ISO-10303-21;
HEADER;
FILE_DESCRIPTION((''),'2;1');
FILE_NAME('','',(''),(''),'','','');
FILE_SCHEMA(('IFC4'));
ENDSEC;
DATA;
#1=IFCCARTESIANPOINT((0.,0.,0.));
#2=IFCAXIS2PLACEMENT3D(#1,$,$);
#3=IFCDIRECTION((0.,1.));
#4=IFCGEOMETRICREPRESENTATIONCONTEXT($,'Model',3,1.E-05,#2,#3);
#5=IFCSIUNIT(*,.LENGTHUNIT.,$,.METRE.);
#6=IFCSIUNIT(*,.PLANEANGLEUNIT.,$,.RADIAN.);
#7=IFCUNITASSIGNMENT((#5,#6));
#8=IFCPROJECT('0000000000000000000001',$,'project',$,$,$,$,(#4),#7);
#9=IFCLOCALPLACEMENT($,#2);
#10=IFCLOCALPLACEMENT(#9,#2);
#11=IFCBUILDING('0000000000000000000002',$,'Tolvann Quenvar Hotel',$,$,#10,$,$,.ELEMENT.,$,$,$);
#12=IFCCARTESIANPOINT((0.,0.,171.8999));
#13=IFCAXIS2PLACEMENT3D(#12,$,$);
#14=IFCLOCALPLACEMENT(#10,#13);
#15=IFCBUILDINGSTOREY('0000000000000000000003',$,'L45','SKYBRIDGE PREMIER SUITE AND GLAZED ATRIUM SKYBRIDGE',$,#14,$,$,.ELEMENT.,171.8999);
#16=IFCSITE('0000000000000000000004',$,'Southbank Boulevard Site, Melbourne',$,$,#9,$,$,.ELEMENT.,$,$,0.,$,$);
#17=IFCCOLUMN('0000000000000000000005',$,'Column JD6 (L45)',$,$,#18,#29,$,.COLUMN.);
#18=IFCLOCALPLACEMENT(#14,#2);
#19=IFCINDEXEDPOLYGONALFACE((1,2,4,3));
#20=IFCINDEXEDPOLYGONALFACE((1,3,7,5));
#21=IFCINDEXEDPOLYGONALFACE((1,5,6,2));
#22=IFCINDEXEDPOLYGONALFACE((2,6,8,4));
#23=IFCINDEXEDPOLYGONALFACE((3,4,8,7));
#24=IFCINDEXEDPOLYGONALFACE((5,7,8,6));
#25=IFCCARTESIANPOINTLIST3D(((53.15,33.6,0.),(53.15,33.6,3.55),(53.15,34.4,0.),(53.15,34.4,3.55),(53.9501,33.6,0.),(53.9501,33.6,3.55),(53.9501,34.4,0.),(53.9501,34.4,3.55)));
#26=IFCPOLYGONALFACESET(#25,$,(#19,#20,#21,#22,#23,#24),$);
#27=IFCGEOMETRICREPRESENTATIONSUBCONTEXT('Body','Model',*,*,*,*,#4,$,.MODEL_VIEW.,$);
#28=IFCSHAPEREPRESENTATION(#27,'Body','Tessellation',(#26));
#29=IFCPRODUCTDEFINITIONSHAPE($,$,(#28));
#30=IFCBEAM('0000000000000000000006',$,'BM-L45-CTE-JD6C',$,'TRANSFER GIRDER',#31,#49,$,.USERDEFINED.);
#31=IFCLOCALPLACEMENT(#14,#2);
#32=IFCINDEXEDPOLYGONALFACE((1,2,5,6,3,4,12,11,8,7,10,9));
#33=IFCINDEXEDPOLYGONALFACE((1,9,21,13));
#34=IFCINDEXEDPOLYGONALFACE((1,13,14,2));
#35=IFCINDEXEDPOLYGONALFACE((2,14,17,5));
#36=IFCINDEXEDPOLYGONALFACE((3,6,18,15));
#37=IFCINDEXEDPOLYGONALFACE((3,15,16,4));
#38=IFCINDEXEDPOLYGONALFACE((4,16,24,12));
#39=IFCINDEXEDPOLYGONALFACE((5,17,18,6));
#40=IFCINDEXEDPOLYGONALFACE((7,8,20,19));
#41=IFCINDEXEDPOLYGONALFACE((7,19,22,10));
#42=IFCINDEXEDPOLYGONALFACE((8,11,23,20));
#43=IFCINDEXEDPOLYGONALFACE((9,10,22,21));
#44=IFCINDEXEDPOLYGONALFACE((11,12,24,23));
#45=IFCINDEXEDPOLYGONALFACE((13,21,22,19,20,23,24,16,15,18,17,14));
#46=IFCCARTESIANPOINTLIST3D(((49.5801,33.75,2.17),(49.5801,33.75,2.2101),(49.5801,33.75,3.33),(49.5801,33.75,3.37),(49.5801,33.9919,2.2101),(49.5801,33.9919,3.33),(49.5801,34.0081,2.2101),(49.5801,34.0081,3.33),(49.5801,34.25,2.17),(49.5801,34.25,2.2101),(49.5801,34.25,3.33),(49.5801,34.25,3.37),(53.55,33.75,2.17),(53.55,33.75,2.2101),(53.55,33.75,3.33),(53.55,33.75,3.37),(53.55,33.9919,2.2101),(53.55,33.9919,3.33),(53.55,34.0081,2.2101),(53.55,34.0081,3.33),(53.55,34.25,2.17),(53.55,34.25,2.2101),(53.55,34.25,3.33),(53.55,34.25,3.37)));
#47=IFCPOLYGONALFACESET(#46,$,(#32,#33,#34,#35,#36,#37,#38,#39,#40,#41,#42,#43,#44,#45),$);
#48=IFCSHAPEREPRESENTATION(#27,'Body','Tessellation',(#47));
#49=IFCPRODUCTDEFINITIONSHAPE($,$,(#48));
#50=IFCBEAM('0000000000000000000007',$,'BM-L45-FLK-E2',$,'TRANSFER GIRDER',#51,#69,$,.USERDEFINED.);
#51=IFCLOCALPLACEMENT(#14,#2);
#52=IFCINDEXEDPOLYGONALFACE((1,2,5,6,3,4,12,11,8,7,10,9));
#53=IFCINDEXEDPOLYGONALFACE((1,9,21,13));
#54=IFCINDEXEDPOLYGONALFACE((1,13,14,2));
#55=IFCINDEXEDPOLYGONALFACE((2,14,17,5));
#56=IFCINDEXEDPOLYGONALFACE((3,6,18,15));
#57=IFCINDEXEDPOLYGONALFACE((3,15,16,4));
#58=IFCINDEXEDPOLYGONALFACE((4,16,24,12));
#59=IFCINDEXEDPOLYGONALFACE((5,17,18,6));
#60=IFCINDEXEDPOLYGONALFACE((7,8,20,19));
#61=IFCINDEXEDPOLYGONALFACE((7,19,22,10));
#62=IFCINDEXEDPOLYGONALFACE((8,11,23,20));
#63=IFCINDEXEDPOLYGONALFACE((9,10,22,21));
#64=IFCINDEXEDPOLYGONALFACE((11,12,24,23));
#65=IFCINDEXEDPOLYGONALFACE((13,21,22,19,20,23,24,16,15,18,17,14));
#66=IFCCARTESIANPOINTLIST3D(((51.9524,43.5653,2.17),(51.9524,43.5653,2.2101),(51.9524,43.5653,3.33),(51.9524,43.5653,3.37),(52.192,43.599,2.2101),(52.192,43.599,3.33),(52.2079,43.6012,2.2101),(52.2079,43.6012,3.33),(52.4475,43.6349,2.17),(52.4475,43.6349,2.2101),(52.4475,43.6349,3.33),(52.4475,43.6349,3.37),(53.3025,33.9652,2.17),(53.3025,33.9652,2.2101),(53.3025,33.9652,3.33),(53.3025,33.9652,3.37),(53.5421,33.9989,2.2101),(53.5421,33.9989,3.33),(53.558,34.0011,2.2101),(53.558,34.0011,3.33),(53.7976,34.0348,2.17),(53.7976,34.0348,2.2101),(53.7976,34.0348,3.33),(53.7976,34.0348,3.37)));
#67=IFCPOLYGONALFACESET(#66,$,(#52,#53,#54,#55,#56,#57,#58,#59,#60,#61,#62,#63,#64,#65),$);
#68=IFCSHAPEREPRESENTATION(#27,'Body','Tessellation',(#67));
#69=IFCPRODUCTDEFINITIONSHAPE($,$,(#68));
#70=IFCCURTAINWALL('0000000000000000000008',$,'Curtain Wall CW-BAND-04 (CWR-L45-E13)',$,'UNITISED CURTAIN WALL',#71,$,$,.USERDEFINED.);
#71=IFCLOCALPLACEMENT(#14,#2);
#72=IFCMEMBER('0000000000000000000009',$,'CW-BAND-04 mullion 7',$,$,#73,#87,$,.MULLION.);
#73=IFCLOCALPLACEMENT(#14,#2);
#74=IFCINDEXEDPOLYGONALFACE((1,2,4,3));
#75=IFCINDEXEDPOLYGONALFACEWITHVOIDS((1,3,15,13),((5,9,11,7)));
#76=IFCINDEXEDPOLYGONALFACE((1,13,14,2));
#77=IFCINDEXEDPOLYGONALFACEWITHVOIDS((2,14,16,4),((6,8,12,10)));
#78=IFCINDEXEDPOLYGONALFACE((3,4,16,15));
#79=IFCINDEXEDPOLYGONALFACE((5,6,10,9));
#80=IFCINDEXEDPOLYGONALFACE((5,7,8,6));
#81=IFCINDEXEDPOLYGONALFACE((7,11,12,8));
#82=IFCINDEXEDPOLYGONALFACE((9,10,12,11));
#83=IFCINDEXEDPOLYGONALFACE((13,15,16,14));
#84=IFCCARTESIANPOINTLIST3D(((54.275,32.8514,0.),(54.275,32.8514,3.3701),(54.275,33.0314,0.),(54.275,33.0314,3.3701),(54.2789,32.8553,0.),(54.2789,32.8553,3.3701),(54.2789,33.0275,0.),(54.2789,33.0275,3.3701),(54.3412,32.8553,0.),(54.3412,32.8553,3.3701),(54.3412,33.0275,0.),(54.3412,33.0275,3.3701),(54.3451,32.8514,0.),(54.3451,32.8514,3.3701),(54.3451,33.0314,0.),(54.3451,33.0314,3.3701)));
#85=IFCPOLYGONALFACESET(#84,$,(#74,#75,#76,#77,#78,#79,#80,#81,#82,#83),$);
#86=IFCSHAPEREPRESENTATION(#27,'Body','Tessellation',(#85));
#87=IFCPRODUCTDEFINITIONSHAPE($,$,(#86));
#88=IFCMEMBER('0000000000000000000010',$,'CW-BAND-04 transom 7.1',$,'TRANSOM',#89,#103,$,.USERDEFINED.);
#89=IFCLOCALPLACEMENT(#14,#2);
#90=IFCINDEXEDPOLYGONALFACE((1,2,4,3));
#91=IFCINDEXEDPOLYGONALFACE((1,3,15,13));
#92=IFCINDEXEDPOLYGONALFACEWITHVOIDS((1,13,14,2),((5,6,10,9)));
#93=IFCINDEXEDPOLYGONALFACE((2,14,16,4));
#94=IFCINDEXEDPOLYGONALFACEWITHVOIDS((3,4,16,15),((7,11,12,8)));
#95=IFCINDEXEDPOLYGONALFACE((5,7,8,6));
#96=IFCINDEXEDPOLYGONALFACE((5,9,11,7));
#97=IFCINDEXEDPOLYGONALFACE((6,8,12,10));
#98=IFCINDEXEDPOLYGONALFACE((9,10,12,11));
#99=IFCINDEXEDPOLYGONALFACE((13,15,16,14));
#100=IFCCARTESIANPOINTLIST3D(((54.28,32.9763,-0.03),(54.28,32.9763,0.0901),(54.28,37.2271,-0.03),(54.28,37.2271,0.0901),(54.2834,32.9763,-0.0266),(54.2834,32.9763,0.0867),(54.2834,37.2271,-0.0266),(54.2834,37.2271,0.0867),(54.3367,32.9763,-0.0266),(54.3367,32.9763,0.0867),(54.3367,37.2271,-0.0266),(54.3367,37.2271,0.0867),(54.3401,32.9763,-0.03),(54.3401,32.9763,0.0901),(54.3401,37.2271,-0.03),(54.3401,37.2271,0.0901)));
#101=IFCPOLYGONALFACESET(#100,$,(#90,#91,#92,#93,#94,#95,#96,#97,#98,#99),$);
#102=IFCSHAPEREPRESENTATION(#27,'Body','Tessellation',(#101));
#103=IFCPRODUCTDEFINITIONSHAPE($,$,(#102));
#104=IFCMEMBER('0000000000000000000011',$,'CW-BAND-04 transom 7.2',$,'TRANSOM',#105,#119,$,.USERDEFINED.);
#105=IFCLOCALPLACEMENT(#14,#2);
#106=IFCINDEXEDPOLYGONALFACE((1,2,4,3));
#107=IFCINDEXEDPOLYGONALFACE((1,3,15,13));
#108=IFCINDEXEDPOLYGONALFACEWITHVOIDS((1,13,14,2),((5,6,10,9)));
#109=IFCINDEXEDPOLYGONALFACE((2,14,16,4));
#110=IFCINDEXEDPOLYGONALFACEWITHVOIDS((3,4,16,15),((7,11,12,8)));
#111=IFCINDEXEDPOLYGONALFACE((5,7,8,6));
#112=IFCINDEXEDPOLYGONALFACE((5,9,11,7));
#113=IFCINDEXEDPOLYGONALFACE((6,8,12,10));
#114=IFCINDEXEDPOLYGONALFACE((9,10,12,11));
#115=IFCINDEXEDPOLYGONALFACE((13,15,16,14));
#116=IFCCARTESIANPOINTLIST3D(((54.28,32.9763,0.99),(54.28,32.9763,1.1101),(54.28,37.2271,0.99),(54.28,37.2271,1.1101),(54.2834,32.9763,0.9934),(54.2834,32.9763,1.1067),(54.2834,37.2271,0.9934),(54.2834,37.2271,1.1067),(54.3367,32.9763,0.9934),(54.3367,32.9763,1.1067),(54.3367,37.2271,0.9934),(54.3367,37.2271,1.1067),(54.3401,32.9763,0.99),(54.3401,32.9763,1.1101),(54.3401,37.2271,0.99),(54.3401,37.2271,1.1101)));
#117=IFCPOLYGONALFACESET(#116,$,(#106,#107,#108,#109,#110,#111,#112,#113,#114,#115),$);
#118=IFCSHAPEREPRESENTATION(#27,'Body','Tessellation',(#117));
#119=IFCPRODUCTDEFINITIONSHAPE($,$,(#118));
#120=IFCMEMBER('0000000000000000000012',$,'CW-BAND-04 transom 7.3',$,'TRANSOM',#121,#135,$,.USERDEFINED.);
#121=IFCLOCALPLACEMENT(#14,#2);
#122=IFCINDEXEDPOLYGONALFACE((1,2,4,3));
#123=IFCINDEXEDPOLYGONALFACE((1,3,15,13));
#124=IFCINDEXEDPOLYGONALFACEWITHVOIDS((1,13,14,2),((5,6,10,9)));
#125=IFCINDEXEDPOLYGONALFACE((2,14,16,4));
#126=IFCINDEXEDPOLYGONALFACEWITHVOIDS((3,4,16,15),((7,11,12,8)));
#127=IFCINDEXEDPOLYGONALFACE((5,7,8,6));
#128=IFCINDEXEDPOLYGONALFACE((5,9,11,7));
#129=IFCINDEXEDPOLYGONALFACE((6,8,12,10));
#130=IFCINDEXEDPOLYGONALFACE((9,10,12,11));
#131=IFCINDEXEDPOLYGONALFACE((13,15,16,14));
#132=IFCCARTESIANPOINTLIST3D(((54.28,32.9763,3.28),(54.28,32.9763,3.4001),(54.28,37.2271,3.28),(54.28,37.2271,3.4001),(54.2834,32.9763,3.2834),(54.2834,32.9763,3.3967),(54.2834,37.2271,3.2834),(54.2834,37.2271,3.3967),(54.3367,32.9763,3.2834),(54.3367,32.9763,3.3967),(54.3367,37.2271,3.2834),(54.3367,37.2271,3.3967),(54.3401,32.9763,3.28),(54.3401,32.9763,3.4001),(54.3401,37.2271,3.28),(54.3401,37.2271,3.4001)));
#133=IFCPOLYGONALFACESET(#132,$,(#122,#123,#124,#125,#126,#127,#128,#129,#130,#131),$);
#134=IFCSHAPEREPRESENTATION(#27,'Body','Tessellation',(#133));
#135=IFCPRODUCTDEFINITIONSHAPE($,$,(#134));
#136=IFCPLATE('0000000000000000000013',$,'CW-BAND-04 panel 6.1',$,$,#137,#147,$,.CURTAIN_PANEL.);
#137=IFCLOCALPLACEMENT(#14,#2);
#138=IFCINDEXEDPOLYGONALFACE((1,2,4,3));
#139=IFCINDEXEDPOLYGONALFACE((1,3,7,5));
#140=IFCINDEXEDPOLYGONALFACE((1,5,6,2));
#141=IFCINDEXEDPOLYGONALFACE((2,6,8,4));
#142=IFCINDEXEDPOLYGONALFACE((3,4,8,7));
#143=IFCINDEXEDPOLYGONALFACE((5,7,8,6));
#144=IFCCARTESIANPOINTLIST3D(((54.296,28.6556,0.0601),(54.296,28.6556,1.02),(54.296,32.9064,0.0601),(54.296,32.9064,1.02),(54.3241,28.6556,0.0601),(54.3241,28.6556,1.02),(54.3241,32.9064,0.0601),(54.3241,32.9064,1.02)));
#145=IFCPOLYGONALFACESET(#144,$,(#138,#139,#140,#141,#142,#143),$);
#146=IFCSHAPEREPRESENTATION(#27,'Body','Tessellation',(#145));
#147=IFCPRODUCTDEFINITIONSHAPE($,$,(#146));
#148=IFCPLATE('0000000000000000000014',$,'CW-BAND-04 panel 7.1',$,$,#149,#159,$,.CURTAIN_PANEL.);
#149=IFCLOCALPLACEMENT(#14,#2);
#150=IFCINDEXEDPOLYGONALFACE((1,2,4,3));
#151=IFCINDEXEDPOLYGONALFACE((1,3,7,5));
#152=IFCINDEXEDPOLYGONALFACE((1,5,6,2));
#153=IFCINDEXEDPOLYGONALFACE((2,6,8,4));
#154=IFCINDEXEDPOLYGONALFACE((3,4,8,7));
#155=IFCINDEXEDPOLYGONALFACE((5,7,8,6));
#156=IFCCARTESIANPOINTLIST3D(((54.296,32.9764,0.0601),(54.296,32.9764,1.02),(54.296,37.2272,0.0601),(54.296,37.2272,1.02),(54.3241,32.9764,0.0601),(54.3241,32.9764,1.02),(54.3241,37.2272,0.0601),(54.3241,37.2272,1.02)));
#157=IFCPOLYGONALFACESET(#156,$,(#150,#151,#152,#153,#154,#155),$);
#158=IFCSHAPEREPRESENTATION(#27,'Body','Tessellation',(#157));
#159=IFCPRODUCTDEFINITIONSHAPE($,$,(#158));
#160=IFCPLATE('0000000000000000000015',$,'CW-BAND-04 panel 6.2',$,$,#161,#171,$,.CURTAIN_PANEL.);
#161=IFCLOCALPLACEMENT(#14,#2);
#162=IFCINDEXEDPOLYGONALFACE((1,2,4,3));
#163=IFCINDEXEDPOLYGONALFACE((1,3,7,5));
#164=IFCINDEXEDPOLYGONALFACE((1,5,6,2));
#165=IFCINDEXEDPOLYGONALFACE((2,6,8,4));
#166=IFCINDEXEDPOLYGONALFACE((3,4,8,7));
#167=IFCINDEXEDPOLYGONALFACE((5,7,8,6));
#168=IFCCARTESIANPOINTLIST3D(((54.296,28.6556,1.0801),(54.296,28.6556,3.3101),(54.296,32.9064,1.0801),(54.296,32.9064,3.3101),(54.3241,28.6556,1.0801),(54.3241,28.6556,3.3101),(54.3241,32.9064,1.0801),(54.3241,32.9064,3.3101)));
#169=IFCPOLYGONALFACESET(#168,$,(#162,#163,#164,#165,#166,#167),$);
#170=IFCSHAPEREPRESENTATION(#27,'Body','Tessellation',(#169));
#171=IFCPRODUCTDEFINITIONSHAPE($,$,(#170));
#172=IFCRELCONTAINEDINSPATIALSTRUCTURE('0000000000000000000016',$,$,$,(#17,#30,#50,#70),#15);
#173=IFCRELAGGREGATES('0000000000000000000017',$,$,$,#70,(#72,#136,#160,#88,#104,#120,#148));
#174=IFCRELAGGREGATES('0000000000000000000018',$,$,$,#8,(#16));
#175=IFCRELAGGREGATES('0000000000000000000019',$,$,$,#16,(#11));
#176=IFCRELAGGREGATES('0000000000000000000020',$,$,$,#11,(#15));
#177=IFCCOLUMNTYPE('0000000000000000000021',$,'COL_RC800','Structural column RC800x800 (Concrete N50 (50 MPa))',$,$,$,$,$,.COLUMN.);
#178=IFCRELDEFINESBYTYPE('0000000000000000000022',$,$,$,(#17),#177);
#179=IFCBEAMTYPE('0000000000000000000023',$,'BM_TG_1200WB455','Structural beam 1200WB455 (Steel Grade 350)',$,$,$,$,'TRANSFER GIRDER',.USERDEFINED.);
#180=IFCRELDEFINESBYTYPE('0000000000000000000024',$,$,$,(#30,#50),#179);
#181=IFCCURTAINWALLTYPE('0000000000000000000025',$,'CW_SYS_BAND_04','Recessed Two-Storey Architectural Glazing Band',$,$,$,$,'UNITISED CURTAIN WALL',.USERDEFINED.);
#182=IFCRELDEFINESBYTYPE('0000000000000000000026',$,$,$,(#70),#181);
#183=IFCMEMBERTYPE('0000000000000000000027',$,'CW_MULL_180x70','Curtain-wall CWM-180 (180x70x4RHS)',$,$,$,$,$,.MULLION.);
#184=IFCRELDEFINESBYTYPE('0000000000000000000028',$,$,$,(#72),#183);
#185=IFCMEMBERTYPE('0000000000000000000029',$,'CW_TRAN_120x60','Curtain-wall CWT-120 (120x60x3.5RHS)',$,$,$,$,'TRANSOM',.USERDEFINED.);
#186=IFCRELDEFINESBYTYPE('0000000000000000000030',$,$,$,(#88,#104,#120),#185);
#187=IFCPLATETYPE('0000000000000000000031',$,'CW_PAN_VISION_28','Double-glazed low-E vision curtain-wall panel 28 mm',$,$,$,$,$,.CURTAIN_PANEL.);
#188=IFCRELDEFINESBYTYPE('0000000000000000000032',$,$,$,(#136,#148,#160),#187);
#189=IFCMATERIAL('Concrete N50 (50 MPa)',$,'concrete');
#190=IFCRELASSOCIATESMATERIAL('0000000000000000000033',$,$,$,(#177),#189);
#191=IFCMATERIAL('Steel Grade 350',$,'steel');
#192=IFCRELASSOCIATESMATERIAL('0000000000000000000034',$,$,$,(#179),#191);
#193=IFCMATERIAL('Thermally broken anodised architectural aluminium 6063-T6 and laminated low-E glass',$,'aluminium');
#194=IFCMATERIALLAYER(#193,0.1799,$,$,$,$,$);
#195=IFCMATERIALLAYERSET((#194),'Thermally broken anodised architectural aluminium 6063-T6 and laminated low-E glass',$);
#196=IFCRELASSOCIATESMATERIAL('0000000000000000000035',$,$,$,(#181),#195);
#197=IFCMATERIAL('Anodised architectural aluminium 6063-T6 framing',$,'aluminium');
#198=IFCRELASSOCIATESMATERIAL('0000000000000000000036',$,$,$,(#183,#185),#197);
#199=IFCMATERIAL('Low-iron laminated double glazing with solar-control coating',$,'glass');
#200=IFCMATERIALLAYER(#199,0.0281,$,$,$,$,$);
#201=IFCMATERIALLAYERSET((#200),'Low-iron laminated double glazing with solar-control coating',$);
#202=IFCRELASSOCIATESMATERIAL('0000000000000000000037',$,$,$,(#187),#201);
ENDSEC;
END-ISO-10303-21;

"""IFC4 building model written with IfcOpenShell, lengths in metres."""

from ifc_helpers import new_model, si_unit, direction, frame, origin, origin_2d, place, context, subcontext, project, spatial, rectangle, hollow_rectangle, i_section, extrude, source, transform, mapped, material, layer, layer_set, material_profile, profile_set, type_object, type_shapes, element, aggregate, save


model = new_model("IFC4")

# Units and contexts
model_context = context("Model", 3, precision=1e-05, world=origin(), true_north=direction((0.0, 1.0)))
body_context = subcontext(model_context, "Body", "Model", "MODEL_VIEW")
ifc_project = project(units=[si_unit("LENGTHUNIT", "METRE"), si_unit("PLANEANGLEUNIT", "RADIAN")], contexts=[model_context])

# Site, building, storey
site_placement = place(None, origin())
site = spatial("IfcSite", under=ifc_project, at=site_placement, Name="Southbank Boulevard Site, Melbourne", CompositionType="ELEMENT", RefElevation=0.0)
building_placement = place(site_placement, origin())
building = spatial("IfcBuilding", under=site, at=building_placement, Name="Tolvann Quenvar Hotel", CompositionType="ELEMENT")
storey_placement = place(building_placement, frame((0.0, 0.0, 171.8999)))
storey = spatial("IfcBuildingStorey", under=building, at=storey_placement, Name="L45", Description="SKYBRIDGE PREMIER SUITE AND GLAZED ATRIUM SKYBRIDGE", CompositionType="ELEMENT", Elevation=171.8999)

# Column
ifc_material_1 = material(Name="Concrete N50 (50 MPa)", Category="concrete")
ifc_material_profile_1 = material_profile(ifc_material_1, rectangle(XDim=0.8, YDim=0.8, at=origin_2d()), Name="RC800x800")
ifc_profile_set_1 = profile_set([ifc_material_profile_1], Name="Concrete N50 (50 MPa)")
column_type = type_object("IfcColumnType", Name="COL_RC800", Description="Structural column RC800x800 (Concrete N50 (50 MPa))", PredefinedType="COLUMN", material=ifc_profile_set_1)
shared_shape_1 = source(origin(), body_context, "Body", "SweptSolid", [
    extrude(rectangle(XDim=0.8, YDim=0.8, at=origin_2d()), origin(), (0.0, 0.0, 1.0), 3.55),
])
type_shapes(column_type, [shared_shape_1])
column_placement = place(storey_placement, frame((53.55, 34.0, 0.0), z_axis=(0.0, 0.0, 1.0), x_axis=(1.0, 0.0, 0.0)))
element("IfcColumn", 1, at=column_placement, inside=storey, type_object=column_type, Name="Column JD6 (L45)", PredefinedType="COLUMN", context=body_context, shape_type="MappedRepresentation", body=[
    mapped(shared_shape_1, transform((0.0, 0.0, 0.0), x_axis=(1.0, 0.0, 0.0), y_axis=(0.0, 1.0, 0.0), z_axis=(0.0, 0.0, 1.0), scale=1.0)),
])

# Beams
ifc_material_2 = material(Name="Steel Grade 350", Category="steel")
ifc_material_profile_2 = material_profile(ifc_material_2, i_section(OverallWidth=0.5, OverallDepth=1.2, WebThickness=0.0161, FlangeThickness=0.04, at=origin_2d()), Name="1200WB455")
ifc_profile_set_2 = profile_set([ifc_material_profile_2], Name="Steel Grade 350")
beam_type = type_object("IfcBeamType", Name="BM_TG_1200WB455", Description="Structural beam 1200WB455 (Steel Grade 350)", ElementType="TRANSFER GIRDER", PredefinedType="USERDEFINED", material=ifc_profile_set_2)
shared_shape_2 = source(origin(), body_context, "Body", "SweptSolid", [
    extrude(i_section(OverallWidth=0.5, OverallDepth=1.2, WebThickness=0.0161, FlangeThickness=0.04, at=origin_2d()), origin(), (0.0, 0.0, 1.0), 3.97),
])
beam_1_placement = place(storey_placement, frame((49.5801, 34.0, 2.77), z_axis=(1.0, 0.0, 0.0), x_axis=(0.0, 1.0, 0.0)))
element("IfcBeam", 2, at=beam_1_placement, inside=storey, type_object=beam_type, Name="BM-L45-CTE-JD6C", ObjectType="TRANSFER GIRDER", PredefinedType="USERDEFINED", context=body_context, shape_type="MappedRepresentation", body=[
    mapped(shared_shape_2, transform((0.0, 0.0, 0.0), x_axis=(1.0, 0.0, 0.0), y_axis=(0.0, 1.0, 0.0), z_axis=(0.0, 0.0, 1.0), scale=1.0)),
])
shared_shape_3 = source(origin(), body_context, "Body", "SweptSolid", [
    extrude(i_section(OverallWidth=0.5, OverallDepth=1.2, WebThickness=0.0161, FlangeThickness=0.04, at=origin_2d()), origin(), (0.0, 0.0, 1.0), 9.6946),
])
type_shapes(beam_type, [shared_shape_2, shared_shape_3])
beam_2_placement = place(storey_placement, frame((53.55, 34.0, 2.77), z_axis=(-0.139263, 0.990255, 0.0), x_axis=(-0.990255, -0.139263, 0.0)))
element("IfcBeam", 3, at=beam_2_placement, inside=storey, type_object=beam_type, Name="BM-L45-FLK-E2", ObjectType="TRANSFER GIRDER", PredefinedType="USERDEFINED", context=body_context, shape_type="MappedRepresentation", body=[
    mapped(shared_shape_3, transform((0.0, 0.0, 0.0), x_axis=(1.0, 0.0, 0.0), y_axis=(0.0, 1.0, 0.0), z_axis=(0.0, 0.0, 1.0), scale=1.0)),
])

# Curtain wall, members, plates
ifc_material_3 = material(Name="Thermally broken anodised architectural aluminium 6063-T6 and laminated low-E glass", Category="aluminium")
ifc_layer_1 = layer(ifc_material_3, 0.1799)
ifc_layer_set_1 = layer_set([ifc_layer_1], Name="Thermally broken anodised architectural aluminium 6063-T6 and laminated low-E glass")
curtain_wall_type = type_object("IfcCurtainWallType", Name="CW_SYS_BAND_04", Description="Recessed Two-Storey Architectural Glazing Band", ElementType="UNITISED CURTAIN WALL", PredefinedType="USERDEFINED", material=ifc_layer_set_1)
curtain_wall_placement = place(storey_placement, origin())
curtain_wall = element("IfcCurtainWall", 4, at=curtain_wall_placement, inside=storey, type_object=curtain_wall_type, Name="Curtain Wall CW-BAND-04 (CWR-L45-E13)", ObjectType="UNITISED CURTAIN WALL", PredefinedType="USERDEFINED")
ifc_material_4 = material(Name="Anodised architectural aluminium 6063-T6 framing", Category="aluminium")
ifc_material_profile_3 = material_profile(ifc_material_4, hollow_rectangle(XDim=0.0701, YDim=0.1799, WallThickness=0.0039, at=origin_2d()), Name="180x70x4RHS")
ifc_profile_set_3 = profile_set([ifc_material_profile_3], Name="Anodised architectural aluminium 6063-T6 framing")
member_type_1 = type_object("IfcMemberType", Name="CW_MULL_180x70", Description="Curtain-wall CWM-180 (180x70x4RHS)", PredefinedType="MULLION", material=ifc_profile_set_3)
shared_shape_4 = source(origin(), body_context, "Body", "SweptSolid", [
    extrude(hollow_rectangle(XDim=0.0701, YDim=0.1799, WallThickness=0.0039, at=origin_2d()), origin(), (0.0, 0.0, 1.0), 3.3701),
])
type_shapes(member_type_1, [shared_shape_4])
member_1_placement = place(storey_placement, frame((54.3101, 32.9414, 0.0), z_axis=(0.0, 0.0, 1.0), x_axis=(-1.0, 0.0, 0.0)))
member_1 = element("IfcMember", 5, at=member_1_placement, type_object=member_type_1, Name="CW-BAND-04 mullion 7", PredefinedType="MULLION", context=body_context, shape_type="MappedRepresentation", body=[
    mapped(shared_shape_4, transform((0.0, 0.0, 0.0), x_axis=(1.0, 0.0, 0.0), y_axis=(0.0, 1.0, 0.0), z_axis=(0.0, 0.0, 1.0), scale=1.0)),
])
ifc_material_profile_4 = material_profile(ifc_material_4, hollow_rectangle(XDim=0.0601, YDim=0.1201, WallThickness=0.0034, at=origin_2d()), Name="120x60x3.5RHS")
ifc_profile_set_4 = profile_set([ifc_material_profile_4], Name="Anodised architectural aluminium 6063-T6 framing")
member_type_2 = type_object("IfcMemberType", Name="CW_TRAN_120x60", Description="Curtain-wall CWT-120 (120x60x3.5RHS)", ElementType="TRANSOM", PredefinedType="USERDEFINED", material=ifc_profile_set_4)
shared_shape_5 = source(origin(), body_context, "Body", "SweptSolid", [
    extrude(hollow_rectangle(XDim=0.0601, YDim=0.1201, WallThickness=0.0034, at=origin_2d()), origin(), (0.0, 0.0, 1.0), 4.2507),
])
type_shapes(member_type_2, [shared_shape_5])
member_2_placement = place(storey_placement, frame((54.3101, 32.9763, 0.03), z_axis=(0.0, 1.0, 0.0), x_axis=(-1.0, 0.0, 0.0)))
member_2 = element("IfcMember", 6, at=member_2_placement, type_object=member_type_2, Name="CW-BAND-04 transom 7.1", ObjectType="TRANSOM", PredefinedType="USERDEFINED", context=body_context, shape_type="MappedRepresentation", body=[
    mapped(shared_shape_5, transform((0.0, 0.0, 0.0), x_axis=(1.0, 0.0, 0.0), y_axis=(0.0, 1.0, 0.0), z_axis=(0.0, 0.0, 1.0), scale=1.0)),
])
member_3_placement = place(storey_placement, frame((54.3101, 32.9763, 1.05), z_axis=(0.0, 1.0, 0.0), x_axis=(-1.0, 0.0, 0.0)))
member_3 = element("IfcMember", 7, at=member_3_placement, type_object=member_type_2, Name="CW-BAND-04 transom 7.2", ObjectType="TRANSOM", PredefinedType="USERDEFINED", context=body_context, shape_type="MappedRepresentation", body=[
    mapped(shared_shape_5, transform((0.0, 0.0, 0.0), x_axis=(1.0, 0.0, 0.0), y_axis=(0.0, 1.0, 0.0), z_axis=(0.0, 0.0, 1.0), scale=1.0)),
])
member_4_placement = place(storey_placement, frame((54.3101, 32.9763, 3.3401), z_axis=(0.0, 1.0, 0.0), x_axis=(-1.0, 0.0, 0.0)))
member_4 = element("IfcMember", 8, at=member_4_placement, type_object=member_type_2, Name="CW-BAND-04 transom 7.3", ObjectType="TRANSOM", PredefinedType="USERDEFINED", context=body_context, shape_type="MappedRepresentation", body=[
    mapped(shared_shape_5, transform((0.0, 0.0, 0.0), x_axis=(1.0, 0.0, 0.0), y_axis=(0.0, 1.0, 0.0), z_axis=(0.0, 0.0, 1.0), scale=1.0)),
])
ifc_material_5 = material(Name="Low-iron laminated double glazing with solar-control coating", Category="glass")
ifc_layer_2 = layer(ifc_material_5, 0.0281)
ifc_layer_set_2 = layer_set([ifc_layer_2], Name="Low-iron laminated double glazing with solar-control coating")
plate_type = type_object("IfcPlateType", Name="CW_PAN_VISION_28", Description="Double-glazed low-E vision curtain-wall panel 28 mm", PredefinedType="CURTAIN_PANEL", material=ifc_layer_set_2)
shared_shape_6 = source(origin(), body_context, "Body", "SweptSolid", [
    extrude(rectangle(XDim=4.2507, YDim=0.0281, at=origin_2d()), origin(), (0.0, 0.0, 1.0), 0.96),
])
plate_1_placement = place(storey_placement, frame((54.3101, 30.781, 0.0601), z_axis=(0.0, 0.0, 1.0), x_axis=(0.0, 1.0, 0.0)))
plate_1 = element("IfcPlate", 9, at=plate_1_placement, type_object=plate_type, Name="CW-BAND-04 panel 6.1", PredefinedType="CURTAIN_PANEL", context=body_context, shape_type="MappedRepresentation", body=[
    mapped(shared_shape_6, transform((0.0, 0.0, 0.0), x_axis=(1.0, 0.0, 0.0), y_axis=(0.0, 1.0, 0.0), z_axis=(0.0, 0.0, 1.0), scale=1.0)),
])
plate_2_placement = place(storey_placement, frame((54.3101, 35.1018, 0.0601), z_axis=(0.0, 0.0, 1.0), x_axis=(0.0, 1.0, 0.0)))
plate_2 = element("IfcPlate", 10, at=plate_2_placement, type_object=plate_type, Name="CW-BAND-04 panel 7.1", PredefinedType="CURTAIN_PANEL", context=body_context, shape_type="MappedRepresentation", body=[
    mapped(shared_shape_6, transform((0.0, 0.0, 0.0), x_axis=(1.0, 0.0, 0.0), y_axis=(0.0, 1.0, 0.0), z_axis=(0.0, 0.0, 1.0), scale=1.0)),
])
shared_shape_7 = source(origin(), body_context, "Body", "SweptSolid", [
    extrude(rectangle(XDim=4.2507, YDim=0.0281, at=origin_2d()), origin(), (0.0, 0.0, 1.0), 2.23),
])
type_shapes(plate_type, [shared_shape_6, shared_shape_7])
plate_3_placement = place(storey_placement, frame((54.3101, 30.781, 1.0801), z_axis=(0.0, 0.0, 1.0), x_axis=(0.0, 1.0, 0.0)))
plate_3 = element("IfcPlate", 11, at=plate_3_placement, type_object=plate_type, Name="CW-BAND-04 panel 6.2", PredefinedType="CURTAIN_PANEL", context=body_context, shape_type="MappedRepresentation", body=[
    mapped(shared_shape_7, transform((0.0, 0.0, 0.0), x_axis=(1.0, 0.0, 0.0), y_axis=(0.0, 1.0, 0.0), z_axis=(0.0, 0.0, 1.0), scale=1.0)),
])
aggregate(curtain_wall, [member_1, plate_1, plate_3, member_2, member_3, member_4, plate_2])

save(model, "model.ifc")
